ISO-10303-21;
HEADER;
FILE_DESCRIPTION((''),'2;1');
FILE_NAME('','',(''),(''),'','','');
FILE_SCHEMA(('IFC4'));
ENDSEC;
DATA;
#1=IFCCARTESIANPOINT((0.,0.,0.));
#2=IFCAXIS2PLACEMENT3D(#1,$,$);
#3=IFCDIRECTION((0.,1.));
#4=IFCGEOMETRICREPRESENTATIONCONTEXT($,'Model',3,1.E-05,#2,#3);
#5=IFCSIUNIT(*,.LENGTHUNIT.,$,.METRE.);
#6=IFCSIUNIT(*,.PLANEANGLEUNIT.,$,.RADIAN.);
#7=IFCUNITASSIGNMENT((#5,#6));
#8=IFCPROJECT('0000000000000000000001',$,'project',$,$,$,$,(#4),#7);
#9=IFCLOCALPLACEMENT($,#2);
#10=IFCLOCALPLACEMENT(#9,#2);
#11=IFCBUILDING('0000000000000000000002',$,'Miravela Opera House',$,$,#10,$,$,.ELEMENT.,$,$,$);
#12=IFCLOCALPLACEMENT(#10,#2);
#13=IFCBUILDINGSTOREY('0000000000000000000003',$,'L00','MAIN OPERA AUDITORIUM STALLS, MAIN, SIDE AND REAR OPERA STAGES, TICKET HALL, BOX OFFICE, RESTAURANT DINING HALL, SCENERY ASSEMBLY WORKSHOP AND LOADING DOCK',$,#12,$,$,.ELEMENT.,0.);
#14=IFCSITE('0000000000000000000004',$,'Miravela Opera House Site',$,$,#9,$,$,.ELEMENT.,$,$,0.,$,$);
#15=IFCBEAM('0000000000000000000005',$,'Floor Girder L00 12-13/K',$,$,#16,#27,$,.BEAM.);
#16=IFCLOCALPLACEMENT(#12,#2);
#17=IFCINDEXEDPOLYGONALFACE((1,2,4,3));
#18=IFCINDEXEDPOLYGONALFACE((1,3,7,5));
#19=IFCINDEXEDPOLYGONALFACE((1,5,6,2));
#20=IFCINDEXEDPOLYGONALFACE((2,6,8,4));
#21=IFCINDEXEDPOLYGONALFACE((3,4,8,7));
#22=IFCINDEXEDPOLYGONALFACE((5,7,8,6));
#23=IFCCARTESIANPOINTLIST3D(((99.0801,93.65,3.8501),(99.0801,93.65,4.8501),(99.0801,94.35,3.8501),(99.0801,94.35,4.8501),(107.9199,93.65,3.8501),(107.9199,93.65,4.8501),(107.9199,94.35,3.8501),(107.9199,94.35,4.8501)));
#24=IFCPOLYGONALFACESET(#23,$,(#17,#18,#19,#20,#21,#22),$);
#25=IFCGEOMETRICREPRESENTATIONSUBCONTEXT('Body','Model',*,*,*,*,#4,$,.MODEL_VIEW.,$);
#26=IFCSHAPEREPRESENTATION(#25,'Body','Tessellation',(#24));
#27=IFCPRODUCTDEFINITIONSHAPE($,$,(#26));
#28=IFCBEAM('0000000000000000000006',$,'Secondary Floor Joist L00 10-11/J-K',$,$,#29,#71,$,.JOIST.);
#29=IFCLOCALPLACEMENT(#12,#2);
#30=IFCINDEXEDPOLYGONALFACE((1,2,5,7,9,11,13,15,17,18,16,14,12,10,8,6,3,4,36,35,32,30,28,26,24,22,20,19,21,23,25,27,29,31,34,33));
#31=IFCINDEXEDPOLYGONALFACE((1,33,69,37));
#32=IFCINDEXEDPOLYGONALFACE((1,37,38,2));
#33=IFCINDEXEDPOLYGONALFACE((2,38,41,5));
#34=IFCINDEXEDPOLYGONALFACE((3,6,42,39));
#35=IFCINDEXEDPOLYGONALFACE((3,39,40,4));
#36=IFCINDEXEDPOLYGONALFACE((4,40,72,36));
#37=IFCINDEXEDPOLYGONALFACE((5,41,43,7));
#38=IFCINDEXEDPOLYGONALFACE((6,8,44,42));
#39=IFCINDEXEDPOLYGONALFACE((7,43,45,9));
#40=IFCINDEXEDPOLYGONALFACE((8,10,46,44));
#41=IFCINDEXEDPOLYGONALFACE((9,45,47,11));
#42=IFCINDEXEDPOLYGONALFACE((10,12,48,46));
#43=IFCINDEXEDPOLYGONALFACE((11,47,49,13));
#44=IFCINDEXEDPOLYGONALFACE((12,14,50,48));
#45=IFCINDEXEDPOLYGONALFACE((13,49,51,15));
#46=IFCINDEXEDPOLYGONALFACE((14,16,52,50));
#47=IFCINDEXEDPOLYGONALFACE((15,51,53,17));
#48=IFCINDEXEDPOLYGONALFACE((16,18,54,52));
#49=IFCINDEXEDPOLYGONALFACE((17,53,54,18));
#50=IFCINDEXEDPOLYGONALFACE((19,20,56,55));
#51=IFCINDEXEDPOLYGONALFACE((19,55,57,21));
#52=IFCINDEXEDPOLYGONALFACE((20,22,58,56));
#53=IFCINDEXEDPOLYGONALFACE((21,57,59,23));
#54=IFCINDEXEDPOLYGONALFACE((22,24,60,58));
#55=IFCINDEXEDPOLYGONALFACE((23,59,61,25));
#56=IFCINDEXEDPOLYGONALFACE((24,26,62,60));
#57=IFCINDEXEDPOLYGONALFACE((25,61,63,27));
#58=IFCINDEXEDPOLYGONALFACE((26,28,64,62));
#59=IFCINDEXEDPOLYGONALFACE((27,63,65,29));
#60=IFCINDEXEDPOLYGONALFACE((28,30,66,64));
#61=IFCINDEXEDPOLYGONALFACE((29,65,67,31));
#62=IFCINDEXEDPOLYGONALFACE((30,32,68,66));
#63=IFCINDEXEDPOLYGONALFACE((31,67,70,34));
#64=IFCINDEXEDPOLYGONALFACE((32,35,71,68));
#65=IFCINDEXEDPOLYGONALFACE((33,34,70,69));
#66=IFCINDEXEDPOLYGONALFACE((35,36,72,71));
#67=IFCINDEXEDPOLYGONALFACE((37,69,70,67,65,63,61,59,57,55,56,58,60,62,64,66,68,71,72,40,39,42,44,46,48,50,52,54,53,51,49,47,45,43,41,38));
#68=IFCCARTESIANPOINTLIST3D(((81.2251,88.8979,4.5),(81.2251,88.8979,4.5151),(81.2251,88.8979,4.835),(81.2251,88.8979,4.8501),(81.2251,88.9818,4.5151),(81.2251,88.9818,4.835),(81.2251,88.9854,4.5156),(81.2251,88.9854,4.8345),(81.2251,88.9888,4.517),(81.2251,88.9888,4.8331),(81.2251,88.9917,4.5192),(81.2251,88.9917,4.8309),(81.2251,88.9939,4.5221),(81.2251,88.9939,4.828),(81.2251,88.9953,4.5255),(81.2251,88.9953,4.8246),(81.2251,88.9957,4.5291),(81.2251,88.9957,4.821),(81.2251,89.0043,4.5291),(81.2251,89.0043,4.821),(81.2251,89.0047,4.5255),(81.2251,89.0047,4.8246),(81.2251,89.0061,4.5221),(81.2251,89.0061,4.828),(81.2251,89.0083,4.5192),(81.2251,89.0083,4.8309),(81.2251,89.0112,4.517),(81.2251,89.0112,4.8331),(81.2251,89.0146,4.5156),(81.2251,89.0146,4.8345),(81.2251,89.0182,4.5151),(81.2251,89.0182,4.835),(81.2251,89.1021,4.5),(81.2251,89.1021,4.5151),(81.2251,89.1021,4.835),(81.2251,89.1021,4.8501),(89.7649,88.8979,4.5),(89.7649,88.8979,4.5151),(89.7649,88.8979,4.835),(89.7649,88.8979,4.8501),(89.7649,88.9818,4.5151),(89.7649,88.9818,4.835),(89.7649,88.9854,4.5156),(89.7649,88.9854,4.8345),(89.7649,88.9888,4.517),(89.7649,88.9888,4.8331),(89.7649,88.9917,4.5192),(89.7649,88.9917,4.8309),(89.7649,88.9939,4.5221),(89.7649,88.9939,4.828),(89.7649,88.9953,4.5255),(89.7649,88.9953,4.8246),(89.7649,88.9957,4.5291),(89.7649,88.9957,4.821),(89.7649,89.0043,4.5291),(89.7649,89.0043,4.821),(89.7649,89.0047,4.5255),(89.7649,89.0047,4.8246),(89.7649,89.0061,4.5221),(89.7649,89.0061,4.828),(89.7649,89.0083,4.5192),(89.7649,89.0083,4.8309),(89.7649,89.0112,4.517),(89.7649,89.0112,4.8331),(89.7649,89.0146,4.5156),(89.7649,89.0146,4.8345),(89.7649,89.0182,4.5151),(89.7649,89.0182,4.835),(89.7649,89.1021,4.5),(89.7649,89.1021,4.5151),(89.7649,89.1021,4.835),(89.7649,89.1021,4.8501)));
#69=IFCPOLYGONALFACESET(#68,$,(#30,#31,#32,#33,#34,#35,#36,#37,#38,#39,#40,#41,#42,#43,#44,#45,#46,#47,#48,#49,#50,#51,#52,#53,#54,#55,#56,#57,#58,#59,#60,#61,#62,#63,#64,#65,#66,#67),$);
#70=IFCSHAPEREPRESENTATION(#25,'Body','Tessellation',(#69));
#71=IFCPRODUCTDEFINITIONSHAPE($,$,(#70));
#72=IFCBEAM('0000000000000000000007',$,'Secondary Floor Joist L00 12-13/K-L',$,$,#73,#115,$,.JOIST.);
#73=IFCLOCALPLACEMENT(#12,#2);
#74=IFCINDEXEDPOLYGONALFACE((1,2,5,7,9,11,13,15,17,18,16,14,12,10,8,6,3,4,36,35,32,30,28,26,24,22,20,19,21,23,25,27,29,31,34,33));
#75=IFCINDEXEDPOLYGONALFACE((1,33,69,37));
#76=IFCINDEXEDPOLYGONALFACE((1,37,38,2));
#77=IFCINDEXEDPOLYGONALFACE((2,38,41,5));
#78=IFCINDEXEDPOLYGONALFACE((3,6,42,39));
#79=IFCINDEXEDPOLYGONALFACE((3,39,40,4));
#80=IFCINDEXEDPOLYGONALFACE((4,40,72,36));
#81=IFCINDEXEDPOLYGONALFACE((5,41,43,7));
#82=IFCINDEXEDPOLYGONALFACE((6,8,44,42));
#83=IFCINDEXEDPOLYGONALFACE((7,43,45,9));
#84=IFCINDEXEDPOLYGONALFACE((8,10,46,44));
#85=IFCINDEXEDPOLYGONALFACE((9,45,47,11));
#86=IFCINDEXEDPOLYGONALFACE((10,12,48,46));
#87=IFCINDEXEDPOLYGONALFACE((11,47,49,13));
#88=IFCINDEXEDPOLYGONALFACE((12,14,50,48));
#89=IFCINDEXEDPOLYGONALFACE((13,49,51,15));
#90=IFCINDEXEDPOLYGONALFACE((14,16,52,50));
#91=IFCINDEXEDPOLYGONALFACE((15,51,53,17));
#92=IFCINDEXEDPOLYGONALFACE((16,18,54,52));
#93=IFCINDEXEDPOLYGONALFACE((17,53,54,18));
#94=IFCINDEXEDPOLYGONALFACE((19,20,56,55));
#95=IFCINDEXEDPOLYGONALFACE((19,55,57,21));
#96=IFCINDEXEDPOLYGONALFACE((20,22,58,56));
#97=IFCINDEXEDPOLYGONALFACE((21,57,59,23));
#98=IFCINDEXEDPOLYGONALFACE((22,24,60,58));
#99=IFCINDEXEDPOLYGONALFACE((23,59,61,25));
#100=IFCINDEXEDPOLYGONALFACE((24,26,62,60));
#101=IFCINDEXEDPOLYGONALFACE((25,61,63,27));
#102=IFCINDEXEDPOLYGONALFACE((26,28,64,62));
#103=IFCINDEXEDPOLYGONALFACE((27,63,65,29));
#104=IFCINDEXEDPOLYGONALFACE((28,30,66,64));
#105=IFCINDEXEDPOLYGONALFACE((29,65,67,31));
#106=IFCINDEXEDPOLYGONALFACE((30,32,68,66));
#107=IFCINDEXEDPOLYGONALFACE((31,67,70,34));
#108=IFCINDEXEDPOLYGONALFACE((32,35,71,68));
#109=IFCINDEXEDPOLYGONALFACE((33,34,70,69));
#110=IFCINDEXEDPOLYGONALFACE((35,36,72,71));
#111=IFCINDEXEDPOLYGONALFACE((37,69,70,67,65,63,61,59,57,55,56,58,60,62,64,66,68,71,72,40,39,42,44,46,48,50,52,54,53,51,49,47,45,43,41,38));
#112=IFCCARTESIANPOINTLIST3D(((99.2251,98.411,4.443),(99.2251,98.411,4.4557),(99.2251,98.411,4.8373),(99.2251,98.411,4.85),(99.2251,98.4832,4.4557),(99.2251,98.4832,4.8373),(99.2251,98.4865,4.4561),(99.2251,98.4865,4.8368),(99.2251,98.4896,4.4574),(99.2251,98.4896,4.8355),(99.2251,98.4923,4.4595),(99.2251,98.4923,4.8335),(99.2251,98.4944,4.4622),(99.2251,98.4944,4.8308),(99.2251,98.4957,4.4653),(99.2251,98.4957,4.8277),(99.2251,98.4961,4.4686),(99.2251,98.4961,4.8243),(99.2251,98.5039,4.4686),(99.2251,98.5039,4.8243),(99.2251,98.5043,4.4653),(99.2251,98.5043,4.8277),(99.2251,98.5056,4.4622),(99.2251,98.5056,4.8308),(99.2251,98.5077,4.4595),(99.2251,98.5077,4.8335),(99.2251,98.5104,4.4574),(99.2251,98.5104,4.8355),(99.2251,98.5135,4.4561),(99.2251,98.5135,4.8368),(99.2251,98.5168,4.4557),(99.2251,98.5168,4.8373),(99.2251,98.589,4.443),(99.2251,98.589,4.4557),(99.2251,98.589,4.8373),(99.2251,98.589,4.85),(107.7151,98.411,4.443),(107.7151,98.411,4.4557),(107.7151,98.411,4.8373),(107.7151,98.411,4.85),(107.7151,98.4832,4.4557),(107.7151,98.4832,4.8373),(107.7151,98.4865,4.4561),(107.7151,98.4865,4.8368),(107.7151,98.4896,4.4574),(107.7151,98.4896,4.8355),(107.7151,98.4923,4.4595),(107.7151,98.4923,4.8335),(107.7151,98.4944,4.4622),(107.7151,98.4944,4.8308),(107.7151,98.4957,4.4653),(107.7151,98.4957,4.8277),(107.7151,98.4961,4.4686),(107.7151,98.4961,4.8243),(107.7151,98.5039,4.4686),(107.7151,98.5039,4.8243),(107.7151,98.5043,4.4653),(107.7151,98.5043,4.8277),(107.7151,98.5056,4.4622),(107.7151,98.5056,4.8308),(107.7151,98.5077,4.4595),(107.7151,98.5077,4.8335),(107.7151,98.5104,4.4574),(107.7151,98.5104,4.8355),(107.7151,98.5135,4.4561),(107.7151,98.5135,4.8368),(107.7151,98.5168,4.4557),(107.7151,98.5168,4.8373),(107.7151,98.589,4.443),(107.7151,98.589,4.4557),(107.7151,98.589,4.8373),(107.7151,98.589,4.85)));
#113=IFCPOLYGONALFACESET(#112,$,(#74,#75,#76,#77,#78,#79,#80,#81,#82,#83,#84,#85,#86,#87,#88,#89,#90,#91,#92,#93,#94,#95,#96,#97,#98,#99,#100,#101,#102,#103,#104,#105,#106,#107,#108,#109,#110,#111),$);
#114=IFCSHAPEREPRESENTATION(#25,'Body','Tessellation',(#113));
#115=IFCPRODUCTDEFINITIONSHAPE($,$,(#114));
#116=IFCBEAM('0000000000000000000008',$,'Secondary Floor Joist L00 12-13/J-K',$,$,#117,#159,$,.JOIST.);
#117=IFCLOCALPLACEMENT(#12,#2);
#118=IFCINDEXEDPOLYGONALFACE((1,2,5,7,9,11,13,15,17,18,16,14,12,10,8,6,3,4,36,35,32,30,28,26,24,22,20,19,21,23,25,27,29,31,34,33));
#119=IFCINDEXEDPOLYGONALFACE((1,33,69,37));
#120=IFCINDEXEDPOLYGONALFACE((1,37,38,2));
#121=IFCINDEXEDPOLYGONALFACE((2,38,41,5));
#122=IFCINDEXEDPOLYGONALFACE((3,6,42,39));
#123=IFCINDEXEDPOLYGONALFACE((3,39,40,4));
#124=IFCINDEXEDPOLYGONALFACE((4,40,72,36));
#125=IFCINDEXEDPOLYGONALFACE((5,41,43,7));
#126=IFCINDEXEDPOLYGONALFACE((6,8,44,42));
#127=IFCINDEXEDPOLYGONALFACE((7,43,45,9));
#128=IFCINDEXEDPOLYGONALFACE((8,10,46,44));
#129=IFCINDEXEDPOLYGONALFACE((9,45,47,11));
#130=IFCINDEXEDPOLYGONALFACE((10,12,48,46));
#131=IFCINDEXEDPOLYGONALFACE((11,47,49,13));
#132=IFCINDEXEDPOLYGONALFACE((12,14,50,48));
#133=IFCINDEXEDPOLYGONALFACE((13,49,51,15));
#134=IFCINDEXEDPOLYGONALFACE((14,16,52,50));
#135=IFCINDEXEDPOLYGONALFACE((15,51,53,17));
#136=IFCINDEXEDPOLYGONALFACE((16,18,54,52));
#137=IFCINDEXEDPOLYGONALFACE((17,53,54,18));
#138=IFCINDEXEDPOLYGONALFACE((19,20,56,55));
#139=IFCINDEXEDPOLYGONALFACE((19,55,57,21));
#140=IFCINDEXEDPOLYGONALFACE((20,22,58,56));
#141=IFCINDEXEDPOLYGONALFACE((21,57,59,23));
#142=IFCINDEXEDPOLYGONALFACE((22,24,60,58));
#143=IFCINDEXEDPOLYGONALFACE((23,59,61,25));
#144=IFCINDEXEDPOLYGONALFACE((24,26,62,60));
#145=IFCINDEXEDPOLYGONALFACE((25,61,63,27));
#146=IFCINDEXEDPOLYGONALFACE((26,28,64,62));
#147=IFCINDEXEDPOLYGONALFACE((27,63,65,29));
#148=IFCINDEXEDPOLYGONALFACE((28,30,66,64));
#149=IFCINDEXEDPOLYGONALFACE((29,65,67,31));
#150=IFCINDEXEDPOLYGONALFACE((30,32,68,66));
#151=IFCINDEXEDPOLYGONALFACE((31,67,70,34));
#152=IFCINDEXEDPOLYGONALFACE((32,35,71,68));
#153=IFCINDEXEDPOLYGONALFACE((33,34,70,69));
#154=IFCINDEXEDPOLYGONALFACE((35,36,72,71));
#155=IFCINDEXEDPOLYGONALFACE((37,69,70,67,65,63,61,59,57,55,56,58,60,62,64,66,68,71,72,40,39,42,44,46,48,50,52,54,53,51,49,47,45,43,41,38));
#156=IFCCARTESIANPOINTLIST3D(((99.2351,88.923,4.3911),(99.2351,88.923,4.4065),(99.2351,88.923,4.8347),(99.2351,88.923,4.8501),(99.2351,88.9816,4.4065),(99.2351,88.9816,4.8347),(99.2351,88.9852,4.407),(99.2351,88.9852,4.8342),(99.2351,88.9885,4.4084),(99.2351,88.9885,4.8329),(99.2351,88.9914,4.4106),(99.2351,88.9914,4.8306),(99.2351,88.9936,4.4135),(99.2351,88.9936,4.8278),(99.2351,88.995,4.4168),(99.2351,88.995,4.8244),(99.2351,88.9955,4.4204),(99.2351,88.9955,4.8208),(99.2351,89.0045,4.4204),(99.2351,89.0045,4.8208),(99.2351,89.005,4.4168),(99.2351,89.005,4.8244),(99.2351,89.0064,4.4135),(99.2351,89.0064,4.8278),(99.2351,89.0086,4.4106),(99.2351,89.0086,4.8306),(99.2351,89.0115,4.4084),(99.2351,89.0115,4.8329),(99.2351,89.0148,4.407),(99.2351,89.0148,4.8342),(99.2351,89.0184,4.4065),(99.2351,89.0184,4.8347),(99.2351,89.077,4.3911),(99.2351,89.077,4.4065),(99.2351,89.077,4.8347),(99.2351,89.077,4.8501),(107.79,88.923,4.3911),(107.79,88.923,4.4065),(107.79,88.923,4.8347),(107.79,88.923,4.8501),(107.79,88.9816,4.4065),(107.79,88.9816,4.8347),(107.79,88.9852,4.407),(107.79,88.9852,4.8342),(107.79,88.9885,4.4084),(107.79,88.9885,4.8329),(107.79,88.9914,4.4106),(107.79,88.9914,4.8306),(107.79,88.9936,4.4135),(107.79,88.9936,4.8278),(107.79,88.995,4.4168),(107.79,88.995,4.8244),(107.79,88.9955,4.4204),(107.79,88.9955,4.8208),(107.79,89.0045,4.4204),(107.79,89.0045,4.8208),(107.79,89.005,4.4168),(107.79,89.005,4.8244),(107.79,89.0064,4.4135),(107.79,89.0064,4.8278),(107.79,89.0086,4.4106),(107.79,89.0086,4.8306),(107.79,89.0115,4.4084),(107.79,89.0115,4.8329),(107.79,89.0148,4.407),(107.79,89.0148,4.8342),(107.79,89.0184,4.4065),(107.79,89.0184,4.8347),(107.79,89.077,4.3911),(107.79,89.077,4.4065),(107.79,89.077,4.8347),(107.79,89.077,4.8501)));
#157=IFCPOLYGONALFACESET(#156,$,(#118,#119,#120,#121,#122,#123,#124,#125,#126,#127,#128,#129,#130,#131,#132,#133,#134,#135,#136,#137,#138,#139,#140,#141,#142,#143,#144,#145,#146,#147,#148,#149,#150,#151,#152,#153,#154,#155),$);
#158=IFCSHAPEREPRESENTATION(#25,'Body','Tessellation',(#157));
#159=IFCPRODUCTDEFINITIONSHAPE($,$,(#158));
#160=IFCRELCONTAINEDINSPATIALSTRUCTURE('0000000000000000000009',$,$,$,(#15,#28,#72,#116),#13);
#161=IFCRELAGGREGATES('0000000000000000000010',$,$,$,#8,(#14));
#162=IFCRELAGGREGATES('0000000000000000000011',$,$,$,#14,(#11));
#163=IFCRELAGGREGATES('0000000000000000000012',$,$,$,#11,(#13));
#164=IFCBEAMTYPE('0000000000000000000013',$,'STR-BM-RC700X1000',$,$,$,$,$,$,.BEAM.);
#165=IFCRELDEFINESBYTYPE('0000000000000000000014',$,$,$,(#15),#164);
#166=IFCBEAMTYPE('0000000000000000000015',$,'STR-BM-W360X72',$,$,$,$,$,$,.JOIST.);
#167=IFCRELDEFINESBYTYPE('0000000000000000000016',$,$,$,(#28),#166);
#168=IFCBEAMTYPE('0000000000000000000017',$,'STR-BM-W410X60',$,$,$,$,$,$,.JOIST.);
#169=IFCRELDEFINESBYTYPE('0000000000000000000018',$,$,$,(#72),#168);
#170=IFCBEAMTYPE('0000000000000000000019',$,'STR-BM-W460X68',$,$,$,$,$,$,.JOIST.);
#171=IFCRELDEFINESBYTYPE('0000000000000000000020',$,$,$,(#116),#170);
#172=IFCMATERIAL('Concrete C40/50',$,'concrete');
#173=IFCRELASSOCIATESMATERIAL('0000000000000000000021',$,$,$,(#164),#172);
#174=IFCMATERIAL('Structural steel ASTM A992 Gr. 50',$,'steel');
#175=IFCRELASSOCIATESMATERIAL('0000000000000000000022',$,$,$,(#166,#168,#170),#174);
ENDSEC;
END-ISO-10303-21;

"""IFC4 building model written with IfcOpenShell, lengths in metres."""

from ifc_helpers import new_model, si_unit, direction, frame, origin, origin_2d, place, context, subcontext, project, spatial, rectangle, i_section, extrude, material, material_profile, profile_set, type_object, element, save


model = new_model("IFC4")

# Units and contexts
model_context = context("Model", 3, precision=1e-05, world=origin(), true_north=direction((0.0, 1.0)))
body_context = subcontext(model_context, "Body", "Model", "MODEL_VIEW")
ifc_project = project(units=[si_unit("LENGTHUNIT", "METRE"), si_unit("PLANEANGLEUNIT", "RADIAN")], contexts=[model_context])

# Site, building, storey
site_placement = place(None, origin())
site = spatial("IfcSite", under=ifc_project, at=site_placement, Name="Miravela Opera House Site", CompositionType="ELEMENT", RefElevation=0.0)
building_placement = place(site_placement, origin())
building = spatial("IfcBuilding", under=site, at=building_placement, Name="Miravela Opera House", CompositionType="ELEMENT")
storey_placement = place(building_placement, origin())
storey = spatial("IfcBuildingStorey", under=building, at=storey_placement, Name="L00", Description="MAIN OPERA AUDITORIUM STALLS, MAIN, SIDE AND REAR OPERA STAGES, TICKET HALL, BOX OFFICE, RESTAURANT DINING HALL, SCENERY ASSEMBLY WORKSHOP AND LOADING DOCK", CompositionType="ELEMENT", Elevation=0.0)

# Shared definitions
ifc_material_1 = material(Name="Concrete C40/50", Category="concrete")

# Beams
ifc_material_profile_1 = material_profile(ifc_material_1, rectangle(XDim=0.7, YDim=1.0, at=origin_2d()), Name="RC-BM-700X1000")
ifc_profile_set_1 = profile_set([ifc_material_profile_1])
beam_type_1 = type_object("IfcBeamType", Name="STR-BM-RC700X1000", PredefinedType="BEAM", material=ifc_profile_set_1)
for number, where, z_axis, x_axis, name in (
    (1, (99.0801, 94.0, 4.3501), (1.0, 0.0, 0.0), (0.0, 1.0, 0.0), "Floor Girder L00 12-13/K"),
):
    element("IfcBeam", number, at=place(storey_placement, frame(where, z_axis=z_axis, x_axis=x_axis)), inside=storey, type_object=beam_type_1, Name=name, PredefinedType="BEAM", context=body_context, shape_type="SweptSolid", body=[
        extrude(rectangle(XDim=0.7, YDim=1.0, at=origin_2d()), origin(), (0.0, 0.0, 1.0), 8.8398),
    ])
ifc_material_2 = material(Name="Structural steel ASTM A992 Gr. 50", Category="steel")
ifc_material_profile_2 = material_profile(ifc_material_2, i_section(OverallWidth=0.2041, OverallDepth=0.3501, WebThickness=0.0085, FlangeThickness=0.0151, FilletRadius=0.0139, at=origin_2d()), Name="W360X72")
ifc_profile_set_2 = profile_set([ifc_material_profile_2])
beam_type_2 = type_object("IfcBeamType", Name="STR-BM-W360X72", PredefinedType="JOIST", material=ifc_profile_set_2)
beam_1_placement = place(storey_placement, frame((81.2251, 89.0, 4.675), z_axis=(1.0, 0.0, 0.0), x_axis=(0.0, 1.0, 0.0)))
element("IfcBeam", 2, at=beam_1_placement, inside=storey, type_object=beam_type_2, Name="Secondary Floor Joist L00 10-11/J-K", PredefinedType="JOIST", context=body_context, shape_type="SweptSolid", body=[
    extrude(i_section(OverallWidth=0.2041, OverallDepth=0.3501, WebThickness=0.0085, FlangeThickness=0.0151, FilletRadius=0.0139, at=origin_2d()), origin(), (0.0, 0.0, 1.0), 8.5398),
])
ifc_material_profile_3 = material_profile(ifc_material_2, i_section(OverallWidth=0.178, OverallDepth=0.407, WebThickness=0.0078, FlangeThickness=0.0127, FilletRadius=0.0129, at=origin_2d()), Name="W410X60")
ifc_profile_set_3 = profile_set([ifc_material_profile_3])
beam_type_3 = type_object("IfcBeamType", Name="STR-BM-W410X60", PredefinedType="JOIST", material=ifc_profile_set_3)
beam_2_placement = place(storey_placement, frame((99.2251, 98.5, 4.6465), z_axis=(1.0, 0.0, 0.0), x_axis=(0.0, 1.0, 0.0)))
element("IfcBeam", 3, at=beam_2_placement, inside=storey, type_object=beam_type_3, Name="Secondary Floor Joist L00 12-13/K-L", PredefinedType="JOIST", context=body_context, shape_type="SweptSolid", body=[
    extrude(i_section(OverallWidth=0.178, OverallDepth=0.407, WebThickness=0.0078, FlangeThickness=0.0127, FilletRadius=0.0129, at=origin_2d()), origin(), (0.0, 0.0, 1.0), 8.49),
])
ifc_material_profile_4 = material_profile(ifc_material_2, i_section(OverallWidth=0.1541, OverallDepth=0.459, WebThickness=0.009, FlangeThickness=0.0154, FilletRadius=0.0139, at=origin_2d()), Name="W460X68")
ifc_profile_set_4 = profile_set([ifc_material_profile_4])
beam_type_4 = type_object("IfcBeamType", Name="STR-BM-W460X68", PredefinedType="JOIST", material=ifc_profile_set_4)
beam_3_placement = place(storey_placement, frame((99.2351, 89.0, 4.6206), z_axis=(1.0, 0.0, 0.0), x_axis=(0.0, 1.0, 0.0)))
element("IfcBeam", 4, at=beam_3_placement, inside=storey, type_object=beam_type_4, Name="Secondary Floor Joist L00 12-13/J-K", PredefinedType="JOIST", context=body_context, shape_type="SweptSolid", body=[
    extrude(i_section(OverallWidth=0.1541, OverallDepth=0.459, WebThickness=0.009, FlangeThickness=0.0154, FilletRadius=0.0139, at=origin_2d()), origin(), (0.0, 0.0, 1.0), 8.5549),
])

save(model, "model.ifc")
